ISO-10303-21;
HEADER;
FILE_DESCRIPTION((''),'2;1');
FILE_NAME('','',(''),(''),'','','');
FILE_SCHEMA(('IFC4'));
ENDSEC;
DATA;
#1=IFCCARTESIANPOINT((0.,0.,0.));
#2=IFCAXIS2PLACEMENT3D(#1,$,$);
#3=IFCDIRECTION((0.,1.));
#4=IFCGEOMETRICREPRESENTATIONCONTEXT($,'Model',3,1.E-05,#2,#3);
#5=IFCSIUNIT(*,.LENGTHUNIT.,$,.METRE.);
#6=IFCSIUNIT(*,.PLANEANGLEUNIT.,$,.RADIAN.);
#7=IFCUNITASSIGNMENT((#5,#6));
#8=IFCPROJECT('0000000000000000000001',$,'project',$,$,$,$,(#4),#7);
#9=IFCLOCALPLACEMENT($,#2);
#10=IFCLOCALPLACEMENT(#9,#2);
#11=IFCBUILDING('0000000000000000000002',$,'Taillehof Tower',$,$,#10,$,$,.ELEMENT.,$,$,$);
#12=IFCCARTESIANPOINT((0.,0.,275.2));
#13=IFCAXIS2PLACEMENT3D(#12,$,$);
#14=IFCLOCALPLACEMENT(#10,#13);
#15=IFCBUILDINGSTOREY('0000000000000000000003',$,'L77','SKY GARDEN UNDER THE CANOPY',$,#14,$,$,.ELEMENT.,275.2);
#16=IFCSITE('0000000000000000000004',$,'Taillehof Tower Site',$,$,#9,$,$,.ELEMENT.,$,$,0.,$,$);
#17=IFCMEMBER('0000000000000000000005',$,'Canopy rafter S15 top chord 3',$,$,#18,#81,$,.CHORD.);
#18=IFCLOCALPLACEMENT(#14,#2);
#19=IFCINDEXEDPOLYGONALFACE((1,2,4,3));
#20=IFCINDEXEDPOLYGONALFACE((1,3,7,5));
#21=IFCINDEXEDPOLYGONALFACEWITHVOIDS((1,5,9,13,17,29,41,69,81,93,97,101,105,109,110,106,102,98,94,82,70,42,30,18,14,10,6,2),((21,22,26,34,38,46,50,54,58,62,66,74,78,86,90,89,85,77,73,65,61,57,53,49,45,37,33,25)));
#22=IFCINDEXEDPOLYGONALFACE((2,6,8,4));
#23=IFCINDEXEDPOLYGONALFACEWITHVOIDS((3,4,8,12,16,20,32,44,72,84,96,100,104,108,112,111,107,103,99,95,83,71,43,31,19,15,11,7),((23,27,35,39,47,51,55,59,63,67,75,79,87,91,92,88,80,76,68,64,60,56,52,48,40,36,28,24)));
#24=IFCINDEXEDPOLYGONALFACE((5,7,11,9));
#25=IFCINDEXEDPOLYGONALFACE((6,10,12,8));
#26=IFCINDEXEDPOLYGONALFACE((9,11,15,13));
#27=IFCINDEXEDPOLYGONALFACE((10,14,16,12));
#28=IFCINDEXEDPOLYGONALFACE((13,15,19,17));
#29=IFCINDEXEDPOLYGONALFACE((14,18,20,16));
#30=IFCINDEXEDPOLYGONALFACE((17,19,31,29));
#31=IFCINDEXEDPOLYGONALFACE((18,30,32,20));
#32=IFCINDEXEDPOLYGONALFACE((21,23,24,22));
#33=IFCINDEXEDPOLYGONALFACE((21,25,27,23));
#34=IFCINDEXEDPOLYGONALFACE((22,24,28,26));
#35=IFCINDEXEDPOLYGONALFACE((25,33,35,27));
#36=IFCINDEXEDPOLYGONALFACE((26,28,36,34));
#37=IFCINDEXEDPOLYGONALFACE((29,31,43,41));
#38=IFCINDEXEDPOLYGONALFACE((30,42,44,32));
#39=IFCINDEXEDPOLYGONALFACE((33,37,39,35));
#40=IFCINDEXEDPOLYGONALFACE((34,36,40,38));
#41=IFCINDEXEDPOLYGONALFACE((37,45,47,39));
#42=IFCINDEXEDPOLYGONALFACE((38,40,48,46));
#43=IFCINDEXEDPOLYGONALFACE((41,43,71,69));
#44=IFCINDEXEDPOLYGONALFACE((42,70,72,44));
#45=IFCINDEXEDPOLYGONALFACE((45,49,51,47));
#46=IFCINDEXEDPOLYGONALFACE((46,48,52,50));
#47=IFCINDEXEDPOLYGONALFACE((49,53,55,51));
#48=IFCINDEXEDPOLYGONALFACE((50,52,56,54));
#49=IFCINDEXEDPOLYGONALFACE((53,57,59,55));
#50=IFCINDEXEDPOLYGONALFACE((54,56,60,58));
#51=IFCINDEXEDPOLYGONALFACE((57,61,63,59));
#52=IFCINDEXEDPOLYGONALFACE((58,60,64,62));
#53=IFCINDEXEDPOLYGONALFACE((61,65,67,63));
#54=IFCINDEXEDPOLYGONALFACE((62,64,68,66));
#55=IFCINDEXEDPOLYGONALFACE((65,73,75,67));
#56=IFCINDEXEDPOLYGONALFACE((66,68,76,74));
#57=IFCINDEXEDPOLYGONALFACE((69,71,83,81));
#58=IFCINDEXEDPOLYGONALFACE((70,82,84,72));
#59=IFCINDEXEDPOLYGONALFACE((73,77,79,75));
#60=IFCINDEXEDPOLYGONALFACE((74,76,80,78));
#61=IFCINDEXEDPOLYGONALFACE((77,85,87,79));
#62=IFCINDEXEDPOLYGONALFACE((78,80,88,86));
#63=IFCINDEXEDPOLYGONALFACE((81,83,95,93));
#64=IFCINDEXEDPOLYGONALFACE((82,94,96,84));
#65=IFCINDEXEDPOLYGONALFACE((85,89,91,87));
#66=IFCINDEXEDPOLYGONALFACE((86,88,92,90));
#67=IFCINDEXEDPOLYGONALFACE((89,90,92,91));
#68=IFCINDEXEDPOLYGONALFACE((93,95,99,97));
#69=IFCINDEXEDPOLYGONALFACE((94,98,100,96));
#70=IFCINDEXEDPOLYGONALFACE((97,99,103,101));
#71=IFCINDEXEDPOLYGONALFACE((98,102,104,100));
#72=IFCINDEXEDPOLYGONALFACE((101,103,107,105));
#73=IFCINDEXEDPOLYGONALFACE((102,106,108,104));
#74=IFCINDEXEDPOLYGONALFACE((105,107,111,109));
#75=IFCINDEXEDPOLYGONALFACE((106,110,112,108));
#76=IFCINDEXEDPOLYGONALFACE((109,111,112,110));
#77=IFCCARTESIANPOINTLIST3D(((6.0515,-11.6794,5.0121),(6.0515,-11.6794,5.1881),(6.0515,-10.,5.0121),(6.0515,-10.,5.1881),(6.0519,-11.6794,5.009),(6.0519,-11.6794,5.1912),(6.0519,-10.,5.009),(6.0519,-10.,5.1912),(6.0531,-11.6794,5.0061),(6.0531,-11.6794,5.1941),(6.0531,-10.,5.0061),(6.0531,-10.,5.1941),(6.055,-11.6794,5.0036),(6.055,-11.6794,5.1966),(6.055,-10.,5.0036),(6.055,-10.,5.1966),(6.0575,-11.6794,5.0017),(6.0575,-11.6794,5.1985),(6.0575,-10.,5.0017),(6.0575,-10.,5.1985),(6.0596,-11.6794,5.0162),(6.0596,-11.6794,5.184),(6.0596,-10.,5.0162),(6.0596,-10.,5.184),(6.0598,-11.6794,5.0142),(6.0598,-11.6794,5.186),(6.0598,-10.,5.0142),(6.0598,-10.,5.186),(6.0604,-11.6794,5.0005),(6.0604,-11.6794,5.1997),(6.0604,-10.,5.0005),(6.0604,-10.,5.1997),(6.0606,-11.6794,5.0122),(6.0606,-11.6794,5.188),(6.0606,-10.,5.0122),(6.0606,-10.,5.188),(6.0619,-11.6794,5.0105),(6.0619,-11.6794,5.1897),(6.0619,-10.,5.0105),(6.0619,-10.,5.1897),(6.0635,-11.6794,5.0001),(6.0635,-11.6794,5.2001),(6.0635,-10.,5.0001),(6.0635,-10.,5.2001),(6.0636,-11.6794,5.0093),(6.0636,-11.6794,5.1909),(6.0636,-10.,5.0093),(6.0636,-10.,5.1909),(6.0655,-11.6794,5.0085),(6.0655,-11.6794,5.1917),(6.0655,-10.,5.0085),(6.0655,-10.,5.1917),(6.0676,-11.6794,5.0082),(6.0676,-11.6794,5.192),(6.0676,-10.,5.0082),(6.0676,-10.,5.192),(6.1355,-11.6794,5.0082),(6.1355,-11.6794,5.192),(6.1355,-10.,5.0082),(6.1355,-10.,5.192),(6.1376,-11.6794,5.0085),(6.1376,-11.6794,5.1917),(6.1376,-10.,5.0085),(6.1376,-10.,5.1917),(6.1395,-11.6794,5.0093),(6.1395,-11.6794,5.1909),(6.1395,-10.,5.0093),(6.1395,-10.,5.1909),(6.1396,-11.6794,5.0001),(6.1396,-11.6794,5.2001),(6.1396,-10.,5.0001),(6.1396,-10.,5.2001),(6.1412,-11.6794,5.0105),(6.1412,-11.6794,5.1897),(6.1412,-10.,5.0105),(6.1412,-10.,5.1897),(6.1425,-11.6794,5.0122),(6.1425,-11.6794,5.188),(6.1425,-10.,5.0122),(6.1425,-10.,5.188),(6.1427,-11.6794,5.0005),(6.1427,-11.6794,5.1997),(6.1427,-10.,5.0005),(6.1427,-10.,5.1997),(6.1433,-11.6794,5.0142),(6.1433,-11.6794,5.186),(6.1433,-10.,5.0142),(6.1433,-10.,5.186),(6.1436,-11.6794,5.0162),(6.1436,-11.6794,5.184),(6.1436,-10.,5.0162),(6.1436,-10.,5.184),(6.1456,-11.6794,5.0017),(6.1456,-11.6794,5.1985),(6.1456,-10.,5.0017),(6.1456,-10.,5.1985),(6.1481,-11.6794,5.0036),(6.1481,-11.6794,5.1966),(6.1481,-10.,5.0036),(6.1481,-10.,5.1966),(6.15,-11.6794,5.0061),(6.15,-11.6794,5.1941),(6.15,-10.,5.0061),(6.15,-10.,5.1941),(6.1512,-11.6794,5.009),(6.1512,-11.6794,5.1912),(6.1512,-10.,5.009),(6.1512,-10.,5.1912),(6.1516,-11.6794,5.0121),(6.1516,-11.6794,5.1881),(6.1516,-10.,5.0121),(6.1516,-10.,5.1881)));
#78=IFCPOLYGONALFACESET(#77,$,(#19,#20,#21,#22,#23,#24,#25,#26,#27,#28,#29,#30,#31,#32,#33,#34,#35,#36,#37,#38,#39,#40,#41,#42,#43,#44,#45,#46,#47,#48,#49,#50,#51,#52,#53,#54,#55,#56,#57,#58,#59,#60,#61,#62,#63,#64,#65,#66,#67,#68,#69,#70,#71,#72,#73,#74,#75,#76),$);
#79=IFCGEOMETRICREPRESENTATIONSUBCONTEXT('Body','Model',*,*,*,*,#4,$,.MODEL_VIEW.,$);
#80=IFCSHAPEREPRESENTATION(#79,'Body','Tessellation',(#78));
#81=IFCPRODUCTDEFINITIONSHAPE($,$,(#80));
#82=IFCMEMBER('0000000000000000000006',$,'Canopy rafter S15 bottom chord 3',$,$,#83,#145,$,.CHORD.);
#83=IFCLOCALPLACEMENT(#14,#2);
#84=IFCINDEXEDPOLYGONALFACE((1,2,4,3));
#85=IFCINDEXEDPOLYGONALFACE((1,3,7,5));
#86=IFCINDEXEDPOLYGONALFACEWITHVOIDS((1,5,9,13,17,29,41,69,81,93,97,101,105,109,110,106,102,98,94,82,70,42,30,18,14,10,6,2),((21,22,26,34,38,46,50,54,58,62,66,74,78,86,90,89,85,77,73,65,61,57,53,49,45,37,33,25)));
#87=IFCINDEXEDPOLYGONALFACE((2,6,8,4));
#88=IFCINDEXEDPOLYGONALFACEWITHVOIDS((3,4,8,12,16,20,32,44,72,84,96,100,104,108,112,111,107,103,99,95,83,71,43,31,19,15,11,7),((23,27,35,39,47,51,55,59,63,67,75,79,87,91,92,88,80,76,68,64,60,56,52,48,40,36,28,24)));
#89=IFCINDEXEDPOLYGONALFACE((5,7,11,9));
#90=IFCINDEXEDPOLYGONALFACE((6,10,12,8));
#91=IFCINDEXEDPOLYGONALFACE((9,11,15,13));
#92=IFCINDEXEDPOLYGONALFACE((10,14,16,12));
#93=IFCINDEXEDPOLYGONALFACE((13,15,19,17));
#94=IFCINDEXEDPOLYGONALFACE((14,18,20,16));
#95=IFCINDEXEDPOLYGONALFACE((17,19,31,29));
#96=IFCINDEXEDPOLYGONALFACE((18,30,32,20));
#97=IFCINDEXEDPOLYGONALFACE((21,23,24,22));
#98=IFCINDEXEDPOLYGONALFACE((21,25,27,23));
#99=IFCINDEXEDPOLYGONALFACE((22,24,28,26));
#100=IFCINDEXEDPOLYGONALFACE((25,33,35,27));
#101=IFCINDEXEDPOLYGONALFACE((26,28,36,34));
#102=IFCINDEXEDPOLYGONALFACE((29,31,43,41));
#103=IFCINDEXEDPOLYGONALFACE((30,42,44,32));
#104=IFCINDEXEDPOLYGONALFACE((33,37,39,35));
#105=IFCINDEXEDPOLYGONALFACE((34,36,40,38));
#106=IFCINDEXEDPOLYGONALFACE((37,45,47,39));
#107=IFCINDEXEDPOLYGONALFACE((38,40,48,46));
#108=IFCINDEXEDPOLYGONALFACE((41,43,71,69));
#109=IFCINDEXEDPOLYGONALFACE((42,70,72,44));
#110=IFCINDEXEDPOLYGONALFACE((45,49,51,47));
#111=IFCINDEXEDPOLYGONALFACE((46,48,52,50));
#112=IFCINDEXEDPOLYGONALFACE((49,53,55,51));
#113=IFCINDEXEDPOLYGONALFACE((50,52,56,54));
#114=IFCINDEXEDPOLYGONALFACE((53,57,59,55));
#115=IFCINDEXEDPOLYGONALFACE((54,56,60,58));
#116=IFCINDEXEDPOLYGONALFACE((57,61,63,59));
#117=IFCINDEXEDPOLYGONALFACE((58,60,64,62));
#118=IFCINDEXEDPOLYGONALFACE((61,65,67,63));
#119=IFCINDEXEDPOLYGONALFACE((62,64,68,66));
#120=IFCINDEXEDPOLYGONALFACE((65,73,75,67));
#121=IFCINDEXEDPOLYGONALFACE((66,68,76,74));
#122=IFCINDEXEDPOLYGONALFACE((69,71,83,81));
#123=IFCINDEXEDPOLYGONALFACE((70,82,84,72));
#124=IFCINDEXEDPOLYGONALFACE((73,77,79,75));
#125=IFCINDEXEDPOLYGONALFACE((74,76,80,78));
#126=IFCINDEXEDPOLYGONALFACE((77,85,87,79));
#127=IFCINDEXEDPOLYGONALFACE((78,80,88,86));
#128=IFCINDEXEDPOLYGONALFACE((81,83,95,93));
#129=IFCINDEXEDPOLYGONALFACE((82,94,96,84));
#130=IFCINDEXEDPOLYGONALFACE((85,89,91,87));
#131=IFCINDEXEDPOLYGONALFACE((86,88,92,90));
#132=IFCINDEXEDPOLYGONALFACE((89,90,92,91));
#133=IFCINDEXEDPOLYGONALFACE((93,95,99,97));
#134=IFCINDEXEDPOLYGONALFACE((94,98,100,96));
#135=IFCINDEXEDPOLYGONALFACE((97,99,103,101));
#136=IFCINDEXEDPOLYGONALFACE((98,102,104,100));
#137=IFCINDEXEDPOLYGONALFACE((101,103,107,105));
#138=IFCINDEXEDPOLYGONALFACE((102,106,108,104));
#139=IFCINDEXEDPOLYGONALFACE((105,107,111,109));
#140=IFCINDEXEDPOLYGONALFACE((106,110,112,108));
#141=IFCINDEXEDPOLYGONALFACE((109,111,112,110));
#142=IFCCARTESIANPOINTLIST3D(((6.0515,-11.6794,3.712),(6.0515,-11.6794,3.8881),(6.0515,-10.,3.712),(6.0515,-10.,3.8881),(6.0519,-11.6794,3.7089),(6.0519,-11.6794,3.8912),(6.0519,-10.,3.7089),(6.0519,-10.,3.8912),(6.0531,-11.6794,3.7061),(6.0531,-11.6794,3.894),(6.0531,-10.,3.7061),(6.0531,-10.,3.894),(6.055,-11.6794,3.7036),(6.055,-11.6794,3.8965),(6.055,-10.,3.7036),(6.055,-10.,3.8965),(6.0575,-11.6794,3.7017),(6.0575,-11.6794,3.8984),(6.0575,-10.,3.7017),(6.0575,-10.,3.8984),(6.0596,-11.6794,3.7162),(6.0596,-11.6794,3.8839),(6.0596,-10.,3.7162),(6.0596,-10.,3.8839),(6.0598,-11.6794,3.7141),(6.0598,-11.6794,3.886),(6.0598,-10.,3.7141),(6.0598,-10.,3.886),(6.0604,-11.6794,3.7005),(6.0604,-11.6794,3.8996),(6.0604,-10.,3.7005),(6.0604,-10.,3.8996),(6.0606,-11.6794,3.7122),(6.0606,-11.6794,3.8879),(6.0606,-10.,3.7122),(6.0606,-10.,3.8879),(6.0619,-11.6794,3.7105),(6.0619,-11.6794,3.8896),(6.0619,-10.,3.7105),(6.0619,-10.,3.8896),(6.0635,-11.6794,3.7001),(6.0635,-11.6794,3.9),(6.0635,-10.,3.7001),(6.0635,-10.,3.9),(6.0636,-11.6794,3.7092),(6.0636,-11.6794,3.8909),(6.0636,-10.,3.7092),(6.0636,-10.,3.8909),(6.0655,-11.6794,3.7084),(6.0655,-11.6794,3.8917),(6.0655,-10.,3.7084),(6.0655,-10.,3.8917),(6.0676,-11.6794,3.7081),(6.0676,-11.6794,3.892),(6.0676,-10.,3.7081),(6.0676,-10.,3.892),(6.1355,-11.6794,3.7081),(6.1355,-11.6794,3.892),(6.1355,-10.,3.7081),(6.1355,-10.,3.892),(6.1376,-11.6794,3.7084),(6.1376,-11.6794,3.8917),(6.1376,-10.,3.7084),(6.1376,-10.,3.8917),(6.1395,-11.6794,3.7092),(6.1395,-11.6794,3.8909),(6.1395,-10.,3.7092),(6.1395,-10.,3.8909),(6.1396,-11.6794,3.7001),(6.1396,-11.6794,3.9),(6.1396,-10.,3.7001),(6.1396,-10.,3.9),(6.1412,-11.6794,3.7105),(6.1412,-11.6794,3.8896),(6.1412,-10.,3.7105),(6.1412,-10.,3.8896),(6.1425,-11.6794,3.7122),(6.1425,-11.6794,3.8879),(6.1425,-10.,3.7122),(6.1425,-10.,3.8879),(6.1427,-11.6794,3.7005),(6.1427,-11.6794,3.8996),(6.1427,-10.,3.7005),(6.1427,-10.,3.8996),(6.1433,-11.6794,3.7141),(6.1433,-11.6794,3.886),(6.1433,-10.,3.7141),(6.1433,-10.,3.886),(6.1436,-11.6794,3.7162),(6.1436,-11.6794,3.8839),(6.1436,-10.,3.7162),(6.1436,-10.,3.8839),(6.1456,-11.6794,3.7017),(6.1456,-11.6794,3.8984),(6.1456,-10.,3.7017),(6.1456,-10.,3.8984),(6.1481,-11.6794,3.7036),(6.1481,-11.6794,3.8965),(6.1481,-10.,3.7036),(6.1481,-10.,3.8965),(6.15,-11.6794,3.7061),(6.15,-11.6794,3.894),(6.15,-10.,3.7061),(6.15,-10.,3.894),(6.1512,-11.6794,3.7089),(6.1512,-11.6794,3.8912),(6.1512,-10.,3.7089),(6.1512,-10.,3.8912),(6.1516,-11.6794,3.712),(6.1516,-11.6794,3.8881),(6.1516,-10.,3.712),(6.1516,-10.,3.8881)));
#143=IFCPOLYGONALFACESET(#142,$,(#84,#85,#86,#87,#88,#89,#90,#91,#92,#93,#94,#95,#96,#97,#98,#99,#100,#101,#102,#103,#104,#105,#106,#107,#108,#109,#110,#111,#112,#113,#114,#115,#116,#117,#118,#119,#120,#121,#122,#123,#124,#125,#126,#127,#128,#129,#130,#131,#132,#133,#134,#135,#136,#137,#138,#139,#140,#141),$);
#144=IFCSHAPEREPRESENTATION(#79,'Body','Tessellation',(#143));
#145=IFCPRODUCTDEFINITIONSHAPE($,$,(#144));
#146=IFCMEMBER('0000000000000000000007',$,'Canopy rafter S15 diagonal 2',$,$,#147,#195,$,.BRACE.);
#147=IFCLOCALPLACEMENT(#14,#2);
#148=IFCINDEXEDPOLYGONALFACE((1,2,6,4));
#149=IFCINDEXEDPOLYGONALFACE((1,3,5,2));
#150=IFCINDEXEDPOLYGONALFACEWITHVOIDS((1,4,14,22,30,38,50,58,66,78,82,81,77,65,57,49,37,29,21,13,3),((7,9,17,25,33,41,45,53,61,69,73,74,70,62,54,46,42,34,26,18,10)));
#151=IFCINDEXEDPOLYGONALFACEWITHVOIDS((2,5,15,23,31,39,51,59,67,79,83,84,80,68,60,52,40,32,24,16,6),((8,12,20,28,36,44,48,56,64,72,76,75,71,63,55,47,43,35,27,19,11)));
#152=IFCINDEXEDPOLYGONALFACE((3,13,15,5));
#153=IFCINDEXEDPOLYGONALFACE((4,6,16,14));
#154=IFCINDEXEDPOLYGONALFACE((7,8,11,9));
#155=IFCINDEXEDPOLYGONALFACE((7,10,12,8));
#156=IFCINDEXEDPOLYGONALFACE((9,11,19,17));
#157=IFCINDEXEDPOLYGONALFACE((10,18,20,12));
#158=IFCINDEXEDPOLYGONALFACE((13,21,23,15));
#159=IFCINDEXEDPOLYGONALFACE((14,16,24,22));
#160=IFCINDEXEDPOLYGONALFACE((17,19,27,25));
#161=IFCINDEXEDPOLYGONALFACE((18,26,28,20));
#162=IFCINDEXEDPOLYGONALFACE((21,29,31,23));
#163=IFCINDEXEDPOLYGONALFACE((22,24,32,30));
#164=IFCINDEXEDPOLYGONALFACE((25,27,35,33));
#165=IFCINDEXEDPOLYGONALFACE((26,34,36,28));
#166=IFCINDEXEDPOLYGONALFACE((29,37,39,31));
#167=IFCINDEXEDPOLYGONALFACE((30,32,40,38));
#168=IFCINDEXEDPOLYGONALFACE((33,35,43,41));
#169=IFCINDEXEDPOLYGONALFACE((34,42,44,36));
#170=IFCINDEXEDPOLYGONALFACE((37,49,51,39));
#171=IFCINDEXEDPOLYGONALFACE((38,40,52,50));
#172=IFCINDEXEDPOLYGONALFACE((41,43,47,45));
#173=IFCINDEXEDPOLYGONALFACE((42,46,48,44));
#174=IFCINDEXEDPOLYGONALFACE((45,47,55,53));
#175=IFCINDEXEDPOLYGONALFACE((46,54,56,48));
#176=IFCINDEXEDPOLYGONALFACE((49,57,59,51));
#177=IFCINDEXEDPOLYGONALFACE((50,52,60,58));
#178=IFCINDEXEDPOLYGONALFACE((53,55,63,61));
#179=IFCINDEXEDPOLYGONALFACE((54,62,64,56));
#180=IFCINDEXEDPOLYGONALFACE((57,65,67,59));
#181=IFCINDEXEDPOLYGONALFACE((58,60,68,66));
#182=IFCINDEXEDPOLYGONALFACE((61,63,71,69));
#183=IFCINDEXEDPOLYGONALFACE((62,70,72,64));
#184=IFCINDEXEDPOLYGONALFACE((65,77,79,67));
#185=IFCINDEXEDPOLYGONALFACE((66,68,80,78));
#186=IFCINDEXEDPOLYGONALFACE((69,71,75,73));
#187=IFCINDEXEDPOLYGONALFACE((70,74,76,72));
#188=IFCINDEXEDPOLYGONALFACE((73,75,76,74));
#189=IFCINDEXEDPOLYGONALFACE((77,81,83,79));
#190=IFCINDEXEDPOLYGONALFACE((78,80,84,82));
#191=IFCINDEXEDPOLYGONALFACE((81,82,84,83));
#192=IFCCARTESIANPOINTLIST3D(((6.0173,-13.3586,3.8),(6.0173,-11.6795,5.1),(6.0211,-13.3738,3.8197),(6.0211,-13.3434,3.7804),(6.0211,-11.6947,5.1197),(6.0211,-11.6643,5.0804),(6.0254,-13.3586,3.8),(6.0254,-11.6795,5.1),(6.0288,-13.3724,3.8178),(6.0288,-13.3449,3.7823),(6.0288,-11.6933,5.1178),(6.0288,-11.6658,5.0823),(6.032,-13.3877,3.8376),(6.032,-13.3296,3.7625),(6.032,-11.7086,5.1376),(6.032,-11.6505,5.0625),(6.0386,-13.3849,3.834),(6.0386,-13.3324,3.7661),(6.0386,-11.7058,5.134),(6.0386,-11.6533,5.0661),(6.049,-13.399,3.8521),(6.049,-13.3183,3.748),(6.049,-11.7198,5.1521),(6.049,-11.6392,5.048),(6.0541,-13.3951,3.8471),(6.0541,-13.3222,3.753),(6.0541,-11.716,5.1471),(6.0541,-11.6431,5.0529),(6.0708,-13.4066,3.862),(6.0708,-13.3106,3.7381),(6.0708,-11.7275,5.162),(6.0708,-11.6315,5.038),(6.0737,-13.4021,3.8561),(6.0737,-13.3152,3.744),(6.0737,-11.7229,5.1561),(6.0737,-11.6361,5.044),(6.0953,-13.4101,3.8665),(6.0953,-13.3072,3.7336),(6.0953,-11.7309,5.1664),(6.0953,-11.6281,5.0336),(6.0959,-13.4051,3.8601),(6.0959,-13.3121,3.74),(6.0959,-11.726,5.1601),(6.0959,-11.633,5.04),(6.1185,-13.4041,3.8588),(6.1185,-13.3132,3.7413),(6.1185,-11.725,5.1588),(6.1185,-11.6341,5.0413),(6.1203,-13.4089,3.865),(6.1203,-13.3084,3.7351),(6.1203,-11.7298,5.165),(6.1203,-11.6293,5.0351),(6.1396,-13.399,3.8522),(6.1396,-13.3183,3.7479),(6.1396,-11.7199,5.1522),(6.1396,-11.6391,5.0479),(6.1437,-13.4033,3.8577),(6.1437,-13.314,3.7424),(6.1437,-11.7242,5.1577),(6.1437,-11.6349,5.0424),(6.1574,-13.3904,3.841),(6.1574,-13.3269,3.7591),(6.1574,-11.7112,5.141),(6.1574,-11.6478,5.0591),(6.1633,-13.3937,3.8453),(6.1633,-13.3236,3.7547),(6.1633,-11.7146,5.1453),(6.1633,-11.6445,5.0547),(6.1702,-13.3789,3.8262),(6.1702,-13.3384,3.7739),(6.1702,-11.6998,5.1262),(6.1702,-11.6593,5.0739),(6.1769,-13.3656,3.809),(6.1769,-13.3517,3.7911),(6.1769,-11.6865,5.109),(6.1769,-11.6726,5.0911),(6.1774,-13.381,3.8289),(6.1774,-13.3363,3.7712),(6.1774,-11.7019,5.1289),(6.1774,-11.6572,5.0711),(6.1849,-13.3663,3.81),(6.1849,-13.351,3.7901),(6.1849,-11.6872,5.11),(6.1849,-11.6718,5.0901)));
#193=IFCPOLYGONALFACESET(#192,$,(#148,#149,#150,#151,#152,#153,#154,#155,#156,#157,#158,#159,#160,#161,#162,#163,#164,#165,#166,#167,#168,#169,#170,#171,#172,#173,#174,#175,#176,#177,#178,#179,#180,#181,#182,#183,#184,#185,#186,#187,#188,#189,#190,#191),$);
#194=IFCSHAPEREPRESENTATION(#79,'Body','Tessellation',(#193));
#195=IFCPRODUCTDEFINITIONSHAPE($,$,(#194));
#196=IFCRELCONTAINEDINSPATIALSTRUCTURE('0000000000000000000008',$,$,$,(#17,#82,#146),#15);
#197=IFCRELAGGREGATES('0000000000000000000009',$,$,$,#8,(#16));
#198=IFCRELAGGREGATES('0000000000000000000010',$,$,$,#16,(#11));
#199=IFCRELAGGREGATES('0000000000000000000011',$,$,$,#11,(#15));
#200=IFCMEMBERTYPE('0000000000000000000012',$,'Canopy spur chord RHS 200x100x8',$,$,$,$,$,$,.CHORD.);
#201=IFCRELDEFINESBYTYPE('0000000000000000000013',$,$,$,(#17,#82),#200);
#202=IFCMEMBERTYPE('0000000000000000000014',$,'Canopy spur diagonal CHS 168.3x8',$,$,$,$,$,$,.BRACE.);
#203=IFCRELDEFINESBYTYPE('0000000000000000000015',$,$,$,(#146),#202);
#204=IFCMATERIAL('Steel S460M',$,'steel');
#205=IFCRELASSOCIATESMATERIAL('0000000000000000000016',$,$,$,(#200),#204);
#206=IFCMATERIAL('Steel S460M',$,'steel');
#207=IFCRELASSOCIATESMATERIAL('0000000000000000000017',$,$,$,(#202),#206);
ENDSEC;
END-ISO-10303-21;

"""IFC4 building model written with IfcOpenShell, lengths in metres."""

from ifc_helpers import new_model, si_unit, direction, frame, origin, origin_2d, place, context, subcontext, project, spatial, hollow_rectangle, hollow_circle, extrude, material, material_profile, profile_set, type_object, element, save


model = new_model("IFC4")

# Units and contexts
model_context = context("Model", 3, precision=1e-05, world=origin(), true_north=direction((0.0, 1.0)))
body_context = subcontext(model_context, "Body", "Model", "MODEL_VIEW")
ifc_project = project(units=[si_unit("LENGTHUNIT", "METRE"), si_unit("PLANEANGLEUNIT", "RADIAN")], contexts=[model_context])

# Site, building, storey
site_placement = place(None, origin())
site = spatial("IfcSite", under=ifc_project, at=site_placement, Name="Taillehof Tower Site", CompositionType="ELEMENT", RefElevation=0.0)
building_placement = place(site_placement, origin())
building = spatial("IfcBuilding", under=site, at=building_placement, Name="Taillehof Tower", CompositionType="ELEMENT")
storey_placement = place(building_placement, frame((0.0, 0.0, 275.2)))
storey = spatial("IfcBuildingStorey", under=building, at=storey_placement, Name="L77", Description="SKY GARDEN UNDER THE CANOPY", CompositionType="ELEMENT", Elevation=275.2)

# Members
ifc_material_1 = material(Name="Steel S460M", Category="steel")
ifc_material_profile_1 = material_profile(ifc_material_1, hollow_rectangle(XDim=0.1001, YDim=0.2, WallThickness=0.0081, InnerFilletRadius=0.0081, OuterFilletRadius=0.012, at=origin_2d()), Name="RHS 200x100x8")
ifc_profile_set_1 = profile_set([ifc_material_profile_1], Name="Steel S460M")
member_type_1 = type_object("IfcMemberType", Name="Canopy spur chord RHS 200x100x8", PredefinedType="CHORD", material=ifc_profile_set_1)
for number, where, z_axis, x_axis, name in (
    (1, (6.1016, -11.6794, 5.1001), (0.0, 1.0, 0.0), (-1.0, 0.0, 0.0), "Canopy rafter S15 top chord 3"),
    (2, (6.1016, -11.6794, 3.8), (0.0, 1.0, 0.0), (-1.0, 0.0, 0.0), "Canopy rafter S15 bottom chord 3"),
):
    element("IfcMember", number, at=place(storey_placement, frame(where, z_axis=z_axis, x_axis=x_axis)), inside=storey, type_object=member_type_1, Name=name, PredefinedType="CHORD", context=body_context, shape_type="SweptSolid", body=[
        extrude(hollow_rectangle(XDim=0.1001, YDim=0.2, WallThickness=0.0081, InnerFilletRadius=0.0081, OuterFilletRadius=0.012, at=origin_2d()), origin(), (0.0, 0.0, 1.0), 1.6794),
    ])
ifc_material_2 = material(Name="Steel S460M", Category="steel")
ifc_material_profile_2 = material_profile(ifc_material_2, hollow_circle(Radius=0.0842, WallThickness=0.0081, at=origin_2d()), Name="CHS 168.3x8")
ifc_profile_set_2 = profile_set([ifc_material_profile_2], Name="Steel S460M")
member_type_2 = type_object("IfcMemberType", Name="Canopy spur diagonal CHS 168.3x8", PredefinedType="BRACE", material=ifc_profile_set_2)
member_1_placement = place(storey_placement, frame((6.1016, -13.3586, 3.8), z_axis=(0.0, 0.790718, 0.61218), x_axis=(-1.0, 0.0, 0.0)))
element("IfcMember", 3, at=member_1_placement, inside=storey, type_object=member_type_2, Name="Canopy rafter S15 diagonal 2", PredefinedType="BRACE", context=body_context, shape_type="SweptSolid", body=[
    extrude(hollow_circle(Radius=0.0842, WallThickness=0.0081, at=origin_2d()), origin(), (0.0, 0.0, 1.0), 2.1235),
])

save(model, "model.ifc")
